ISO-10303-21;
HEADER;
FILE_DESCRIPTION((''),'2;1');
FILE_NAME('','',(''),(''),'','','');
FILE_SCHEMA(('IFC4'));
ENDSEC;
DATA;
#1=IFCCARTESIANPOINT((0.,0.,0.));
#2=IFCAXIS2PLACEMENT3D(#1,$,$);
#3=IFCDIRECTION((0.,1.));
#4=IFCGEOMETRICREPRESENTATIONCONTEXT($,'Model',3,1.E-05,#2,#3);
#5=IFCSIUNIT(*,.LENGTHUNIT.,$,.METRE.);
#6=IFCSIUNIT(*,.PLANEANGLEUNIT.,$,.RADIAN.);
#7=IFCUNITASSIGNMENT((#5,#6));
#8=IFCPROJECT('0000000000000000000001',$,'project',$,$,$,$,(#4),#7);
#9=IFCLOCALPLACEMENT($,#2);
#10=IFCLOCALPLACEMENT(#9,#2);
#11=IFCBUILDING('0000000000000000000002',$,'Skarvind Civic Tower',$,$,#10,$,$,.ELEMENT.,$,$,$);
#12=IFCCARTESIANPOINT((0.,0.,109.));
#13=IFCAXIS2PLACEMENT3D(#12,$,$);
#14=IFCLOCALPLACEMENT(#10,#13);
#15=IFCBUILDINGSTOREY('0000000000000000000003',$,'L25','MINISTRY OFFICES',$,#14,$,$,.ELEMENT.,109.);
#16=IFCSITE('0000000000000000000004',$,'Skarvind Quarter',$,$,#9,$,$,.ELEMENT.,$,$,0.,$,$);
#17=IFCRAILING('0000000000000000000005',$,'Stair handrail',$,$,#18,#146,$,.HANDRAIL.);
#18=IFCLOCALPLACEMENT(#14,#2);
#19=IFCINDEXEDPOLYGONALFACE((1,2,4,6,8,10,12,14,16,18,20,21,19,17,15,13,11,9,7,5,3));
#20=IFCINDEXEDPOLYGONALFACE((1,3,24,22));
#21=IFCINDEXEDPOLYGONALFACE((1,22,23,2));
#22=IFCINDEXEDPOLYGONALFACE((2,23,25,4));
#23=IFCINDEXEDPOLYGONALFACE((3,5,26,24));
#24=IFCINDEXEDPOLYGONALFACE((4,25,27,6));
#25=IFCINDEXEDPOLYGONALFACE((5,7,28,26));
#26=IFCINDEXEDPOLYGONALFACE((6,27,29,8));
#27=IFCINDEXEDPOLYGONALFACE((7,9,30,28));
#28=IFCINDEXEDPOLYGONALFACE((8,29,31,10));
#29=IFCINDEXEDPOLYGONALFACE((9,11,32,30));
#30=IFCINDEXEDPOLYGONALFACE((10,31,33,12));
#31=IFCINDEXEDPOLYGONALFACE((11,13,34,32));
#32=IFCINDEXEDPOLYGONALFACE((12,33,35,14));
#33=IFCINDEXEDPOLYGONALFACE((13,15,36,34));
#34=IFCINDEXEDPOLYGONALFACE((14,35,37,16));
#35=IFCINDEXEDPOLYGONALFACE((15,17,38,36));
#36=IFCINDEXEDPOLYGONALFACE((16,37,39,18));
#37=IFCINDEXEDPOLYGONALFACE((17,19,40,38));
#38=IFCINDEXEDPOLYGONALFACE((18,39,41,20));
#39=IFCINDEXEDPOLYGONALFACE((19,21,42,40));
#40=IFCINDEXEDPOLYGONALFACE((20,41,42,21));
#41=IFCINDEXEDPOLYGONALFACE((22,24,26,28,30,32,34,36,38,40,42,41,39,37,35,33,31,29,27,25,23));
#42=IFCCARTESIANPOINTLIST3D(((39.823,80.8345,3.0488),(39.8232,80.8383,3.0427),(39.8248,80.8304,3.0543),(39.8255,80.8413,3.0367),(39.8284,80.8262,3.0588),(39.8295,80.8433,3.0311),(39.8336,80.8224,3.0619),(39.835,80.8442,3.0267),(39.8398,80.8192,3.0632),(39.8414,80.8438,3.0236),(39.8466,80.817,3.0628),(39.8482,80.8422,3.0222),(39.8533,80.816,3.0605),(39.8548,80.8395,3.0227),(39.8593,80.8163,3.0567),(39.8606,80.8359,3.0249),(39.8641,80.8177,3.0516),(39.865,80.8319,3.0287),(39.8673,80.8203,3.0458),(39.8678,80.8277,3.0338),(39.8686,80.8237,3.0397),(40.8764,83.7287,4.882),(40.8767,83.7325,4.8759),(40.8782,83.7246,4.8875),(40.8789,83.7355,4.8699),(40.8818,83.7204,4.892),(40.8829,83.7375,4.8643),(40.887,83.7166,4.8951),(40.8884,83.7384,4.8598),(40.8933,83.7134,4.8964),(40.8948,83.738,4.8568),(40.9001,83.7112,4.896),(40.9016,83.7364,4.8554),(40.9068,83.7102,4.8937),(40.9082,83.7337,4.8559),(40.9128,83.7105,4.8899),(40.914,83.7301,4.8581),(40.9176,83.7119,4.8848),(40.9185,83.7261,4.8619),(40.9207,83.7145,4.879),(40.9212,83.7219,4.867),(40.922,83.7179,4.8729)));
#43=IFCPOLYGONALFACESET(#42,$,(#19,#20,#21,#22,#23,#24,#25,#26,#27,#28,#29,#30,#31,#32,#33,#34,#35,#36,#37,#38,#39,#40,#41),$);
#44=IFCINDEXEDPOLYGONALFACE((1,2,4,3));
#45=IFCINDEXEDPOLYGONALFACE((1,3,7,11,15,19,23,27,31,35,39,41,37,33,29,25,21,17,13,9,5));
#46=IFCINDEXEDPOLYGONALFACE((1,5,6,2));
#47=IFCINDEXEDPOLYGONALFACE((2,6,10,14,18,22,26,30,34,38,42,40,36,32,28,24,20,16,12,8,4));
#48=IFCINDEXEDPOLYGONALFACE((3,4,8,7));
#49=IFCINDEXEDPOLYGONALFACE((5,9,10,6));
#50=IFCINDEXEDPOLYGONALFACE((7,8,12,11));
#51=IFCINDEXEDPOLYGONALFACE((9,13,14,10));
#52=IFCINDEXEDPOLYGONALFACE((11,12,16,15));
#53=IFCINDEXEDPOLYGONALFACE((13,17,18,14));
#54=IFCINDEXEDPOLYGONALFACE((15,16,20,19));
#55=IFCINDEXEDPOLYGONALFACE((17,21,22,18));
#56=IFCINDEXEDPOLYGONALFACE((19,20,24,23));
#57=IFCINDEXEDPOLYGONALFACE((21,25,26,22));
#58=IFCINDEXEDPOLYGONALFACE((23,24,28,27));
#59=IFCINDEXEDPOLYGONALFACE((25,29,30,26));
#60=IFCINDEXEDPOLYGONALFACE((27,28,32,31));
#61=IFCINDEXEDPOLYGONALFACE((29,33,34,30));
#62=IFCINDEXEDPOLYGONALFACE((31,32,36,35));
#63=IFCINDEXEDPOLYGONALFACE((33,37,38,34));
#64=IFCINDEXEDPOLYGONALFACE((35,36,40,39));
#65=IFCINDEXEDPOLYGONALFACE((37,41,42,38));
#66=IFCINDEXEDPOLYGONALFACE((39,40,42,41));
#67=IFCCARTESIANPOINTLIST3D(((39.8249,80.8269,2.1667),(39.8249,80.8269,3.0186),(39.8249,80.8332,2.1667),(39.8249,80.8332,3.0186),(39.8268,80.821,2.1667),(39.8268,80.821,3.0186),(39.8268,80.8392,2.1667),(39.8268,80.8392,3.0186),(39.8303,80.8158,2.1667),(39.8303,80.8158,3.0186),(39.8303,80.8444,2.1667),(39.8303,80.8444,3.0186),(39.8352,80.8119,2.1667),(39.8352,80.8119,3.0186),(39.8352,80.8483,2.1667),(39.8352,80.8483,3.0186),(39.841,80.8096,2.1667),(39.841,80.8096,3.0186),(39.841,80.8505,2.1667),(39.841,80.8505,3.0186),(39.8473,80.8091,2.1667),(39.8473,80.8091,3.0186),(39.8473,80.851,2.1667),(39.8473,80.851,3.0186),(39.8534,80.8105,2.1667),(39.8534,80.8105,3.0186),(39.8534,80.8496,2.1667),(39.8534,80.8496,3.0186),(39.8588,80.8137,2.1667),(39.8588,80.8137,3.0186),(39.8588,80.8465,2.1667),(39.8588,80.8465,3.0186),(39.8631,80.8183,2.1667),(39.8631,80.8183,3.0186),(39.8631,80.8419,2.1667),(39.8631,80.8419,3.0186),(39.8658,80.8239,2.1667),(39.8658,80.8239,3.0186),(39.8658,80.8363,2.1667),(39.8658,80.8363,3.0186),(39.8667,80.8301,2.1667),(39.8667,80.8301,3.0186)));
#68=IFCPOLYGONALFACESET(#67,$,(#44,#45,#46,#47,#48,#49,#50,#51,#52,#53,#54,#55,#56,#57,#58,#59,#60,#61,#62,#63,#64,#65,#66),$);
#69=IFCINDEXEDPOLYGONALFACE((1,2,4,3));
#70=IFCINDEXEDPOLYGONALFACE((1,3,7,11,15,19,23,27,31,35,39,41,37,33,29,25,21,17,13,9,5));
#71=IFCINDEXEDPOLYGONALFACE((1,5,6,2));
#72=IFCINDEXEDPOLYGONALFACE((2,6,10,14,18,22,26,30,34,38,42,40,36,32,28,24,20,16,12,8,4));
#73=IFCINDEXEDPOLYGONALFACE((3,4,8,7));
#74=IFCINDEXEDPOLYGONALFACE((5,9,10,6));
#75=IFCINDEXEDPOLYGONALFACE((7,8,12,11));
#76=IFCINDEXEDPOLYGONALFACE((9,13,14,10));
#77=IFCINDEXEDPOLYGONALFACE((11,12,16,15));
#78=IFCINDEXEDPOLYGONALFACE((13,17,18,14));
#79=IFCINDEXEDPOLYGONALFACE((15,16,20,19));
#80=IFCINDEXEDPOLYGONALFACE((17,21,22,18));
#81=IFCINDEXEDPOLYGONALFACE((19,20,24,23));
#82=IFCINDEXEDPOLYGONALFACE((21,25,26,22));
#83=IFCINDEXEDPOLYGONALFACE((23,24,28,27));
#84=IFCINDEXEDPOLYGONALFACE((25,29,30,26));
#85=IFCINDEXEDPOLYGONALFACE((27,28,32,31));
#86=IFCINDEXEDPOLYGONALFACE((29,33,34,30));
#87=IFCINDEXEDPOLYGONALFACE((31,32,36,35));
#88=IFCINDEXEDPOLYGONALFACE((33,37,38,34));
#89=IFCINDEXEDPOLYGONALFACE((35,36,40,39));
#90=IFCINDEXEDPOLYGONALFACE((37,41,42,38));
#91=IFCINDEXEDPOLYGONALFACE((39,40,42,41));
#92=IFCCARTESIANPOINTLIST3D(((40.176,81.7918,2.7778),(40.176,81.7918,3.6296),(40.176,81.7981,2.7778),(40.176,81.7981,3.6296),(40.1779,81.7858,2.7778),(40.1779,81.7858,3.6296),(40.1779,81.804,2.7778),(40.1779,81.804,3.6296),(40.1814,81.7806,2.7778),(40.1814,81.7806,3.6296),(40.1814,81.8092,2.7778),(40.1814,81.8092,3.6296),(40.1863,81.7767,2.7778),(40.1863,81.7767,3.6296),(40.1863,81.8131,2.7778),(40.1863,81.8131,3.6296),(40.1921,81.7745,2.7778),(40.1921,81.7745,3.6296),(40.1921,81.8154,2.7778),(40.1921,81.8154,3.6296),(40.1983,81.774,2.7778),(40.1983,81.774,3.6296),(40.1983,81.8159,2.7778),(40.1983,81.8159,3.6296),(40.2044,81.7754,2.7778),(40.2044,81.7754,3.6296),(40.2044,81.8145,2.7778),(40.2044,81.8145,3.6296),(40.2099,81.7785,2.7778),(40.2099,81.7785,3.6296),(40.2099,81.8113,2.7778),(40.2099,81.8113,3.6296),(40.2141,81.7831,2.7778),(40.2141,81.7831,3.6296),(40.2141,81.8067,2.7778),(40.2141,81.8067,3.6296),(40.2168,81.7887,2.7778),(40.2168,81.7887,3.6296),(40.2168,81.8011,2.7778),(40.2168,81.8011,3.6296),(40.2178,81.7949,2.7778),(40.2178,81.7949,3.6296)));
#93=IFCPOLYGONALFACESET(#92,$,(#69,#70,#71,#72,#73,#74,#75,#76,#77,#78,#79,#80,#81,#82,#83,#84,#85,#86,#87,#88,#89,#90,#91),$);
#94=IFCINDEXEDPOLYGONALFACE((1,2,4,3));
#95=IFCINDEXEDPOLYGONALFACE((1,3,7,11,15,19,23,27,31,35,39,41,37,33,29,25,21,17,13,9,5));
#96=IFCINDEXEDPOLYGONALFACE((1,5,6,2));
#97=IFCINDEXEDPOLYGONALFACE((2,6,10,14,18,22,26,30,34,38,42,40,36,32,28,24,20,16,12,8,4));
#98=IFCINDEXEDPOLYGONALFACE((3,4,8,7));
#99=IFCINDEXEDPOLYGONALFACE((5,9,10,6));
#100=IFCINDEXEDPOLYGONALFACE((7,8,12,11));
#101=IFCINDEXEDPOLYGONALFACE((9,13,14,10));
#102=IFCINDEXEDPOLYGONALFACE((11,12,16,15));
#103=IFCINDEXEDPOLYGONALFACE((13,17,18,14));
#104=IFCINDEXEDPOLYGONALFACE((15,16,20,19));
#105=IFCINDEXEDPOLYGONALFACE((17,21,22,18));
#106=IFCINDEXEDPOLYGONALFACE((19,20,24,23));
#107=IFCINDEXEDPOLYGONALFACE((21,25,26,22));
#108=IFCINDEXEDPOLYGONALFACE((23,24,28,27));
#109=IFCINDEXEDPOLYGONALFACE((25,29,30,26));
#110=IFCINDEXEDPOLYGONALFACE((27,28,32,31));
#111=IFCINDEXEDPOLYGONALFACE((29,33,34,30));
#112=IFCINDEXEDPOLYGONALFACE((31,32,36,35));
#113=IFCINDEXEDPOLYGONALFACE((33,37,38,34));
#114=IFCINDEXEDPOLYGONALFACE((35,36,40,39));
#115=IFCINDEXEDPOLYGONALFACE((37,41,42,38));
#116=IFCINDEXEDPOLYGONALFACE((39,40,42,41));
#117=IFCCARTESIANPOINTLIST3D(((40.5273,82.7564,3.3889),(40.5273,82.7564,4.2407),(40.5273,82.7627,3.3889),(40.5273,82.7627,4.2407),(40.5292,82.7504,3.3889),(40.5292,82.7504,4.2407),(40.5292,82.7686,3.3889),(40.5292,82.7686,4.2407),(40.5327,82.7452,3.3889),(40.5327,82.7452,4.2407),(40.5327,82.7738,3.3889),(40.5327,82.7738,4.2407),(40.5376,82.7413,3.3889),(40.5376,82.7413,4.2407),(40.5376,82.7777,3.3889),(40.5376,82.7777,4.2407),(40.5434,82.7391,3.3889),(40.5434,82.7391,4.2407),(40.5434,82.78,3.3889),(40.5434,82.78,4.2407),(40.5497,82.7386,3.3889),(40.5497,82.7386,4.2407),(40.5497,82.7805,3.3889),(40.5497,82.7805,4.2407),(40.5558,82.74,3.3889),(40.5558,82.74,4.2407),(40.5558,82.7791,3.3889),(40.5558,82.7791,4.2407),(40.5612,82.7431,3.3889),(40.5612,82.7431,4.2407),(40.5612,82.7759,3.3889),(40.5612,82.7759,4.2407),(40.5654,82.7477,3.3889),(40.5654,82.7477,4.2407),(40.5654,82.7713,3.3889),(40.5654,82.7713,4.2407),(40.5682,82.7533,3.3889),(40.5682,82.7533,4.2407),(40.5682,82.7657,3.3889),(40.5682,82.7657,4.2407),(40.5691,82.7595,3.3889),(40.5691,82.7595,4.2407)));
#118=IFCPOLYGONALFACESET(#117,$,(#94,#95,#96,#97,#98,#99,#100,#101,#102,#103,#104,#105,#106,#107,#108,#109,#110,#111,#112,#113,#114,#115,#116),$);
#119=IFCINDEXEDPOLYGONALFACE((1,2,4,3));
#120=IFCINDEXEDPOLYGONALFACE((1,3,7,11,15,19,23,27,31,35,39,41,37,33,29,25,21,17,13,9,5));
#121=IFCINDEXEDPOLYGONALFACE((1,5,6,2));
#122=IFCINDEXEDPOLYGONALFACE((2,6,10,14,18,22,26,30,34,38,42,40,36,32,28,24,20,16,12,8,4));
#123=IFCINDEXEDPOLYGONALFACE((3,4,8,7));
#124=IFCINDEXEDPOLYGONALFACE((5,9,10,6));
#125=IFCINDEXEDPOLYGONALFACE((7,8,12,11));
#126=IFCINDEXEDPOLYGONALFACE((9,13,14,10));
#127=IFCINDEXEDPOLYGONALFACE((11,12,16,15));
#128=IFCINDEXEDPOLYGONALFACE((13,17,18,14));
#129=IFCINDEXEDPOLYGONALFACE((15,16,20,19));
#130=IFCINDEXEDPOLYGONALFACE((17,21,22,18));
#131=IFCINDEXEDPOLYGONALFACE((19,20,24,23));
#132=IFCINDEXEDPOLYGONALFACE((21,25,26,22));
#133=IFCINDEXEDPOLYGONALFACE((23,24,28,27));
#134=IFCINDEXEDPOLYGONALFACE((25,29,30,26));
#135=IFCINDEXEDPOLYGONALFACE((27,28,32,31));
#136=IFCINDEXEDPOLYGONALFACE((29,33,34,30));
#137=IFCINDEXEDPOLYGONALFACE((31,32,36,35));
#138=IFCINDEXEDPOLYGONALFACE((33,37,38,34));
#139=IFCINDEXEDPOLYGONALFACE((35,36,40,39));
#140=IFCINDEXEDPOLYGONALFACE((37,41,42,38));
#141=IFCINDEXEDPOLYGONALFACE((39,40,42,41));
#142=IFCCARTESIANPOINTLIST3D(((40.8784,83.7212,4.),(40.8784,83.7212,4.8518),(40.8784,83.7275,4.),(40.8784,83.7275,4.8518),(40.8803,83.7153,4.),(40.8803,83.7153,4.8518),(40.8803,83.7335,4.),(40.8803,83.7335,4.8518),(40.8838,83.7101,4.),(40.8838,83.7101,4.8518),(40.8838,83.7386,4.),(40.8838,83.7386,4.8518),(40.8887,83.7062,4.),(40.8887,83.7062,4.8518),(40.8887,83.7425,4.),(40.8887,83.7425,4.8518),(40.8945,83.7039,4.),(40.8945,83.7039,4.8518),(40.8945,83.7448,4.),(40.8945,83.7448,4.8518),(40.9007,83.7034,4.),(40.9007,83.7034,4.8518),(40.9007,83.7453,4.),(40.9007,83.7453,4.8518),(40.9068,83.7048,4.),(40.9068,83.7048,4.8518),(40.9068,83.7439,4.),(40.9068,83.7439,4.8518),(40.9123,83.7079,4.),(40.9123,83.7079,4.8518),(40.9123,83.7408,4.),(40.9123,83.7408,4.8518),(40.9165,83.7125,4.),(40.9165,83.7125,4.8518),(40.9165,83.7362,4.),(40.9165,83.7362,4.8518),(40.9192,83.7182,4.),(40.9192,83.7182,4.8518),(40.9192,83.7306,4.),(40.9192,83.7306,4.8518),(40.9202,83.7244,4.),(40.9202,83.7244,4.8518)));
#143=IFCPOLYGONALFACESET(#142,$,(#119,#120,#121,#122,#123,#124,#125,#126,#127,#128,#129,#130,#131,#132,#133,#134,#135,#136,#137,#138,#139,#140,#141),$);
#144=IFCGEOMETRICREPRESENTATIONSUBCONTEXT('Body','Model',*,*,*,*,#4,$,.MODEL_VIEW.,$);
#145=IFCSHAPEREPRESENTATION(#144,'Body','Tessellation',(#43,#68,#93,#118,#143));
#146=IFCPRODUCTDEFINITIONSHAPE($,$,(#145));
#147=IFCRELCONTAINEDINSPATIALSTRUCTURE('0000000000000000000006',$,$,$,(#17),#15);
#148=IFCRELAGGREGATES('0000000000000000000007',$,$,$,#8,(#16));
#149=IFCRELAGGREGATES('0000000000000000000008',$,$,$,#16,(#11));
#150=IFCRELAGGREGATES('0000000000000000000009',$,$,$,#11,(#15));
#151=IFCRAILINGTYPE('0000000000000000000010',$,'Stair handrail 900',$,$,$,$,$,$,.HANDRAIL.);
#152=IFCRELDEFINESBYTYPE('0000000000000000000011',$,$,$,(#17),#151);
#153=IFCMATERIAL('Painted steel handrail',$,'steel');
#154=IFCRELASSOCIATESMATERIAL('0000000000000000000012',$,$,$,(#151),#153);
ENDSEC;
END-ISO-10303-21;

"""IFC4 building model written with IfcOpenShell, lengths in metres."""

from ifc_helpers import new_model, si_unit, direction, frame, origin, origin_2d, place, context, subcontext, project, spatial, circle, extrude, material, type_object, element, save


model = new_model("IFC4")

# Units and contexts
model_context = context("Model", 3, precision=1e-05, world=origin(), true_north=direction((0.0, 1.0)))
body_context = subcontext(model_context, "Body", "Model", "MODEL_VIEW")
ifc_project = project(units=[si_unit("LENGTHUNIT", "METRE"), si_unit("PLANEANGLEUNIT", "RADIAN")], contexts=[model_context])

# Site, building, storey
site_placement = place(None, origin())
site = spatial("IfcSite", under=ifc_project, at=site_placement, Name="Skarvind Quarter", CompositionType="ELEMENT", RefElevation=0.0)
building_placement = place(site_placement, origin())
building = spatial("IfcBuilding", under=site, at=building_placement, Name="Skarvind Civic Tower", CompositionType="ELEMENT")
storey_placement = place(building_placement, frame((0.0, 0.0, 109.0)))
storey = spatial("IfcBuildingStorey", under=building, at=storey_placement, Name="L25", Description="MINISTRY OFFICES", CompositionType="ELEMENT", Elevation=109.0)

# Railing
ifc_material_1 = material(Name="Painted steel handrail", Category="steel")
railing_type = type_object("IfcRailingType", Name="Stair handrail 900", PredefinedType="HANDRAIL", material=ifc_material_1)
for number, where, name in (
    (1, (39.8457, 80.8301, 2.1667), "Stair handrail"),
):
    element("IfcRailing", number, at=place(storey_placement, frame(where)), inside=storey, type_object=railing_type, Name=name, PredefinedType="HANDRAIL", context=body_context, shape_type="SweptSolid", body=[
        extrude(circle(Radius=0.0239, at=origin_2d()), frame((0.0, 0.0, 0.876), z_axis=(0.293908, 0.807481, 0.511461), x_axis=(-0.939689, 0.342029, 0.0)), (0.0, 0.0, 1.0), 3.5842),
        extrude(circle(Radius=0.021, at=origin_2d()), origin(), (0.0, 0.0, 1.0), 0.8518),
        extrude(circle(Radius=0.021, at=origin_2d()), frame((0.3511, 0.9648, 0.6111)), (0.0, 0.0, 1.0), 0.8518),
        extrude(circle(Radius=0.021, at=origin_2d()), frame((0.7024, 1.9294, 1.2222)), (0.0, 0.0, 1.0), 0.8518),
        extrude(circle(Radius=0.021, at=origin_2d()), frame((1.0535, 2.8943, 1.8333)), (0.0, 0.0, 1.0), 0.8518),
    ])

save(model, "model.ifc")
